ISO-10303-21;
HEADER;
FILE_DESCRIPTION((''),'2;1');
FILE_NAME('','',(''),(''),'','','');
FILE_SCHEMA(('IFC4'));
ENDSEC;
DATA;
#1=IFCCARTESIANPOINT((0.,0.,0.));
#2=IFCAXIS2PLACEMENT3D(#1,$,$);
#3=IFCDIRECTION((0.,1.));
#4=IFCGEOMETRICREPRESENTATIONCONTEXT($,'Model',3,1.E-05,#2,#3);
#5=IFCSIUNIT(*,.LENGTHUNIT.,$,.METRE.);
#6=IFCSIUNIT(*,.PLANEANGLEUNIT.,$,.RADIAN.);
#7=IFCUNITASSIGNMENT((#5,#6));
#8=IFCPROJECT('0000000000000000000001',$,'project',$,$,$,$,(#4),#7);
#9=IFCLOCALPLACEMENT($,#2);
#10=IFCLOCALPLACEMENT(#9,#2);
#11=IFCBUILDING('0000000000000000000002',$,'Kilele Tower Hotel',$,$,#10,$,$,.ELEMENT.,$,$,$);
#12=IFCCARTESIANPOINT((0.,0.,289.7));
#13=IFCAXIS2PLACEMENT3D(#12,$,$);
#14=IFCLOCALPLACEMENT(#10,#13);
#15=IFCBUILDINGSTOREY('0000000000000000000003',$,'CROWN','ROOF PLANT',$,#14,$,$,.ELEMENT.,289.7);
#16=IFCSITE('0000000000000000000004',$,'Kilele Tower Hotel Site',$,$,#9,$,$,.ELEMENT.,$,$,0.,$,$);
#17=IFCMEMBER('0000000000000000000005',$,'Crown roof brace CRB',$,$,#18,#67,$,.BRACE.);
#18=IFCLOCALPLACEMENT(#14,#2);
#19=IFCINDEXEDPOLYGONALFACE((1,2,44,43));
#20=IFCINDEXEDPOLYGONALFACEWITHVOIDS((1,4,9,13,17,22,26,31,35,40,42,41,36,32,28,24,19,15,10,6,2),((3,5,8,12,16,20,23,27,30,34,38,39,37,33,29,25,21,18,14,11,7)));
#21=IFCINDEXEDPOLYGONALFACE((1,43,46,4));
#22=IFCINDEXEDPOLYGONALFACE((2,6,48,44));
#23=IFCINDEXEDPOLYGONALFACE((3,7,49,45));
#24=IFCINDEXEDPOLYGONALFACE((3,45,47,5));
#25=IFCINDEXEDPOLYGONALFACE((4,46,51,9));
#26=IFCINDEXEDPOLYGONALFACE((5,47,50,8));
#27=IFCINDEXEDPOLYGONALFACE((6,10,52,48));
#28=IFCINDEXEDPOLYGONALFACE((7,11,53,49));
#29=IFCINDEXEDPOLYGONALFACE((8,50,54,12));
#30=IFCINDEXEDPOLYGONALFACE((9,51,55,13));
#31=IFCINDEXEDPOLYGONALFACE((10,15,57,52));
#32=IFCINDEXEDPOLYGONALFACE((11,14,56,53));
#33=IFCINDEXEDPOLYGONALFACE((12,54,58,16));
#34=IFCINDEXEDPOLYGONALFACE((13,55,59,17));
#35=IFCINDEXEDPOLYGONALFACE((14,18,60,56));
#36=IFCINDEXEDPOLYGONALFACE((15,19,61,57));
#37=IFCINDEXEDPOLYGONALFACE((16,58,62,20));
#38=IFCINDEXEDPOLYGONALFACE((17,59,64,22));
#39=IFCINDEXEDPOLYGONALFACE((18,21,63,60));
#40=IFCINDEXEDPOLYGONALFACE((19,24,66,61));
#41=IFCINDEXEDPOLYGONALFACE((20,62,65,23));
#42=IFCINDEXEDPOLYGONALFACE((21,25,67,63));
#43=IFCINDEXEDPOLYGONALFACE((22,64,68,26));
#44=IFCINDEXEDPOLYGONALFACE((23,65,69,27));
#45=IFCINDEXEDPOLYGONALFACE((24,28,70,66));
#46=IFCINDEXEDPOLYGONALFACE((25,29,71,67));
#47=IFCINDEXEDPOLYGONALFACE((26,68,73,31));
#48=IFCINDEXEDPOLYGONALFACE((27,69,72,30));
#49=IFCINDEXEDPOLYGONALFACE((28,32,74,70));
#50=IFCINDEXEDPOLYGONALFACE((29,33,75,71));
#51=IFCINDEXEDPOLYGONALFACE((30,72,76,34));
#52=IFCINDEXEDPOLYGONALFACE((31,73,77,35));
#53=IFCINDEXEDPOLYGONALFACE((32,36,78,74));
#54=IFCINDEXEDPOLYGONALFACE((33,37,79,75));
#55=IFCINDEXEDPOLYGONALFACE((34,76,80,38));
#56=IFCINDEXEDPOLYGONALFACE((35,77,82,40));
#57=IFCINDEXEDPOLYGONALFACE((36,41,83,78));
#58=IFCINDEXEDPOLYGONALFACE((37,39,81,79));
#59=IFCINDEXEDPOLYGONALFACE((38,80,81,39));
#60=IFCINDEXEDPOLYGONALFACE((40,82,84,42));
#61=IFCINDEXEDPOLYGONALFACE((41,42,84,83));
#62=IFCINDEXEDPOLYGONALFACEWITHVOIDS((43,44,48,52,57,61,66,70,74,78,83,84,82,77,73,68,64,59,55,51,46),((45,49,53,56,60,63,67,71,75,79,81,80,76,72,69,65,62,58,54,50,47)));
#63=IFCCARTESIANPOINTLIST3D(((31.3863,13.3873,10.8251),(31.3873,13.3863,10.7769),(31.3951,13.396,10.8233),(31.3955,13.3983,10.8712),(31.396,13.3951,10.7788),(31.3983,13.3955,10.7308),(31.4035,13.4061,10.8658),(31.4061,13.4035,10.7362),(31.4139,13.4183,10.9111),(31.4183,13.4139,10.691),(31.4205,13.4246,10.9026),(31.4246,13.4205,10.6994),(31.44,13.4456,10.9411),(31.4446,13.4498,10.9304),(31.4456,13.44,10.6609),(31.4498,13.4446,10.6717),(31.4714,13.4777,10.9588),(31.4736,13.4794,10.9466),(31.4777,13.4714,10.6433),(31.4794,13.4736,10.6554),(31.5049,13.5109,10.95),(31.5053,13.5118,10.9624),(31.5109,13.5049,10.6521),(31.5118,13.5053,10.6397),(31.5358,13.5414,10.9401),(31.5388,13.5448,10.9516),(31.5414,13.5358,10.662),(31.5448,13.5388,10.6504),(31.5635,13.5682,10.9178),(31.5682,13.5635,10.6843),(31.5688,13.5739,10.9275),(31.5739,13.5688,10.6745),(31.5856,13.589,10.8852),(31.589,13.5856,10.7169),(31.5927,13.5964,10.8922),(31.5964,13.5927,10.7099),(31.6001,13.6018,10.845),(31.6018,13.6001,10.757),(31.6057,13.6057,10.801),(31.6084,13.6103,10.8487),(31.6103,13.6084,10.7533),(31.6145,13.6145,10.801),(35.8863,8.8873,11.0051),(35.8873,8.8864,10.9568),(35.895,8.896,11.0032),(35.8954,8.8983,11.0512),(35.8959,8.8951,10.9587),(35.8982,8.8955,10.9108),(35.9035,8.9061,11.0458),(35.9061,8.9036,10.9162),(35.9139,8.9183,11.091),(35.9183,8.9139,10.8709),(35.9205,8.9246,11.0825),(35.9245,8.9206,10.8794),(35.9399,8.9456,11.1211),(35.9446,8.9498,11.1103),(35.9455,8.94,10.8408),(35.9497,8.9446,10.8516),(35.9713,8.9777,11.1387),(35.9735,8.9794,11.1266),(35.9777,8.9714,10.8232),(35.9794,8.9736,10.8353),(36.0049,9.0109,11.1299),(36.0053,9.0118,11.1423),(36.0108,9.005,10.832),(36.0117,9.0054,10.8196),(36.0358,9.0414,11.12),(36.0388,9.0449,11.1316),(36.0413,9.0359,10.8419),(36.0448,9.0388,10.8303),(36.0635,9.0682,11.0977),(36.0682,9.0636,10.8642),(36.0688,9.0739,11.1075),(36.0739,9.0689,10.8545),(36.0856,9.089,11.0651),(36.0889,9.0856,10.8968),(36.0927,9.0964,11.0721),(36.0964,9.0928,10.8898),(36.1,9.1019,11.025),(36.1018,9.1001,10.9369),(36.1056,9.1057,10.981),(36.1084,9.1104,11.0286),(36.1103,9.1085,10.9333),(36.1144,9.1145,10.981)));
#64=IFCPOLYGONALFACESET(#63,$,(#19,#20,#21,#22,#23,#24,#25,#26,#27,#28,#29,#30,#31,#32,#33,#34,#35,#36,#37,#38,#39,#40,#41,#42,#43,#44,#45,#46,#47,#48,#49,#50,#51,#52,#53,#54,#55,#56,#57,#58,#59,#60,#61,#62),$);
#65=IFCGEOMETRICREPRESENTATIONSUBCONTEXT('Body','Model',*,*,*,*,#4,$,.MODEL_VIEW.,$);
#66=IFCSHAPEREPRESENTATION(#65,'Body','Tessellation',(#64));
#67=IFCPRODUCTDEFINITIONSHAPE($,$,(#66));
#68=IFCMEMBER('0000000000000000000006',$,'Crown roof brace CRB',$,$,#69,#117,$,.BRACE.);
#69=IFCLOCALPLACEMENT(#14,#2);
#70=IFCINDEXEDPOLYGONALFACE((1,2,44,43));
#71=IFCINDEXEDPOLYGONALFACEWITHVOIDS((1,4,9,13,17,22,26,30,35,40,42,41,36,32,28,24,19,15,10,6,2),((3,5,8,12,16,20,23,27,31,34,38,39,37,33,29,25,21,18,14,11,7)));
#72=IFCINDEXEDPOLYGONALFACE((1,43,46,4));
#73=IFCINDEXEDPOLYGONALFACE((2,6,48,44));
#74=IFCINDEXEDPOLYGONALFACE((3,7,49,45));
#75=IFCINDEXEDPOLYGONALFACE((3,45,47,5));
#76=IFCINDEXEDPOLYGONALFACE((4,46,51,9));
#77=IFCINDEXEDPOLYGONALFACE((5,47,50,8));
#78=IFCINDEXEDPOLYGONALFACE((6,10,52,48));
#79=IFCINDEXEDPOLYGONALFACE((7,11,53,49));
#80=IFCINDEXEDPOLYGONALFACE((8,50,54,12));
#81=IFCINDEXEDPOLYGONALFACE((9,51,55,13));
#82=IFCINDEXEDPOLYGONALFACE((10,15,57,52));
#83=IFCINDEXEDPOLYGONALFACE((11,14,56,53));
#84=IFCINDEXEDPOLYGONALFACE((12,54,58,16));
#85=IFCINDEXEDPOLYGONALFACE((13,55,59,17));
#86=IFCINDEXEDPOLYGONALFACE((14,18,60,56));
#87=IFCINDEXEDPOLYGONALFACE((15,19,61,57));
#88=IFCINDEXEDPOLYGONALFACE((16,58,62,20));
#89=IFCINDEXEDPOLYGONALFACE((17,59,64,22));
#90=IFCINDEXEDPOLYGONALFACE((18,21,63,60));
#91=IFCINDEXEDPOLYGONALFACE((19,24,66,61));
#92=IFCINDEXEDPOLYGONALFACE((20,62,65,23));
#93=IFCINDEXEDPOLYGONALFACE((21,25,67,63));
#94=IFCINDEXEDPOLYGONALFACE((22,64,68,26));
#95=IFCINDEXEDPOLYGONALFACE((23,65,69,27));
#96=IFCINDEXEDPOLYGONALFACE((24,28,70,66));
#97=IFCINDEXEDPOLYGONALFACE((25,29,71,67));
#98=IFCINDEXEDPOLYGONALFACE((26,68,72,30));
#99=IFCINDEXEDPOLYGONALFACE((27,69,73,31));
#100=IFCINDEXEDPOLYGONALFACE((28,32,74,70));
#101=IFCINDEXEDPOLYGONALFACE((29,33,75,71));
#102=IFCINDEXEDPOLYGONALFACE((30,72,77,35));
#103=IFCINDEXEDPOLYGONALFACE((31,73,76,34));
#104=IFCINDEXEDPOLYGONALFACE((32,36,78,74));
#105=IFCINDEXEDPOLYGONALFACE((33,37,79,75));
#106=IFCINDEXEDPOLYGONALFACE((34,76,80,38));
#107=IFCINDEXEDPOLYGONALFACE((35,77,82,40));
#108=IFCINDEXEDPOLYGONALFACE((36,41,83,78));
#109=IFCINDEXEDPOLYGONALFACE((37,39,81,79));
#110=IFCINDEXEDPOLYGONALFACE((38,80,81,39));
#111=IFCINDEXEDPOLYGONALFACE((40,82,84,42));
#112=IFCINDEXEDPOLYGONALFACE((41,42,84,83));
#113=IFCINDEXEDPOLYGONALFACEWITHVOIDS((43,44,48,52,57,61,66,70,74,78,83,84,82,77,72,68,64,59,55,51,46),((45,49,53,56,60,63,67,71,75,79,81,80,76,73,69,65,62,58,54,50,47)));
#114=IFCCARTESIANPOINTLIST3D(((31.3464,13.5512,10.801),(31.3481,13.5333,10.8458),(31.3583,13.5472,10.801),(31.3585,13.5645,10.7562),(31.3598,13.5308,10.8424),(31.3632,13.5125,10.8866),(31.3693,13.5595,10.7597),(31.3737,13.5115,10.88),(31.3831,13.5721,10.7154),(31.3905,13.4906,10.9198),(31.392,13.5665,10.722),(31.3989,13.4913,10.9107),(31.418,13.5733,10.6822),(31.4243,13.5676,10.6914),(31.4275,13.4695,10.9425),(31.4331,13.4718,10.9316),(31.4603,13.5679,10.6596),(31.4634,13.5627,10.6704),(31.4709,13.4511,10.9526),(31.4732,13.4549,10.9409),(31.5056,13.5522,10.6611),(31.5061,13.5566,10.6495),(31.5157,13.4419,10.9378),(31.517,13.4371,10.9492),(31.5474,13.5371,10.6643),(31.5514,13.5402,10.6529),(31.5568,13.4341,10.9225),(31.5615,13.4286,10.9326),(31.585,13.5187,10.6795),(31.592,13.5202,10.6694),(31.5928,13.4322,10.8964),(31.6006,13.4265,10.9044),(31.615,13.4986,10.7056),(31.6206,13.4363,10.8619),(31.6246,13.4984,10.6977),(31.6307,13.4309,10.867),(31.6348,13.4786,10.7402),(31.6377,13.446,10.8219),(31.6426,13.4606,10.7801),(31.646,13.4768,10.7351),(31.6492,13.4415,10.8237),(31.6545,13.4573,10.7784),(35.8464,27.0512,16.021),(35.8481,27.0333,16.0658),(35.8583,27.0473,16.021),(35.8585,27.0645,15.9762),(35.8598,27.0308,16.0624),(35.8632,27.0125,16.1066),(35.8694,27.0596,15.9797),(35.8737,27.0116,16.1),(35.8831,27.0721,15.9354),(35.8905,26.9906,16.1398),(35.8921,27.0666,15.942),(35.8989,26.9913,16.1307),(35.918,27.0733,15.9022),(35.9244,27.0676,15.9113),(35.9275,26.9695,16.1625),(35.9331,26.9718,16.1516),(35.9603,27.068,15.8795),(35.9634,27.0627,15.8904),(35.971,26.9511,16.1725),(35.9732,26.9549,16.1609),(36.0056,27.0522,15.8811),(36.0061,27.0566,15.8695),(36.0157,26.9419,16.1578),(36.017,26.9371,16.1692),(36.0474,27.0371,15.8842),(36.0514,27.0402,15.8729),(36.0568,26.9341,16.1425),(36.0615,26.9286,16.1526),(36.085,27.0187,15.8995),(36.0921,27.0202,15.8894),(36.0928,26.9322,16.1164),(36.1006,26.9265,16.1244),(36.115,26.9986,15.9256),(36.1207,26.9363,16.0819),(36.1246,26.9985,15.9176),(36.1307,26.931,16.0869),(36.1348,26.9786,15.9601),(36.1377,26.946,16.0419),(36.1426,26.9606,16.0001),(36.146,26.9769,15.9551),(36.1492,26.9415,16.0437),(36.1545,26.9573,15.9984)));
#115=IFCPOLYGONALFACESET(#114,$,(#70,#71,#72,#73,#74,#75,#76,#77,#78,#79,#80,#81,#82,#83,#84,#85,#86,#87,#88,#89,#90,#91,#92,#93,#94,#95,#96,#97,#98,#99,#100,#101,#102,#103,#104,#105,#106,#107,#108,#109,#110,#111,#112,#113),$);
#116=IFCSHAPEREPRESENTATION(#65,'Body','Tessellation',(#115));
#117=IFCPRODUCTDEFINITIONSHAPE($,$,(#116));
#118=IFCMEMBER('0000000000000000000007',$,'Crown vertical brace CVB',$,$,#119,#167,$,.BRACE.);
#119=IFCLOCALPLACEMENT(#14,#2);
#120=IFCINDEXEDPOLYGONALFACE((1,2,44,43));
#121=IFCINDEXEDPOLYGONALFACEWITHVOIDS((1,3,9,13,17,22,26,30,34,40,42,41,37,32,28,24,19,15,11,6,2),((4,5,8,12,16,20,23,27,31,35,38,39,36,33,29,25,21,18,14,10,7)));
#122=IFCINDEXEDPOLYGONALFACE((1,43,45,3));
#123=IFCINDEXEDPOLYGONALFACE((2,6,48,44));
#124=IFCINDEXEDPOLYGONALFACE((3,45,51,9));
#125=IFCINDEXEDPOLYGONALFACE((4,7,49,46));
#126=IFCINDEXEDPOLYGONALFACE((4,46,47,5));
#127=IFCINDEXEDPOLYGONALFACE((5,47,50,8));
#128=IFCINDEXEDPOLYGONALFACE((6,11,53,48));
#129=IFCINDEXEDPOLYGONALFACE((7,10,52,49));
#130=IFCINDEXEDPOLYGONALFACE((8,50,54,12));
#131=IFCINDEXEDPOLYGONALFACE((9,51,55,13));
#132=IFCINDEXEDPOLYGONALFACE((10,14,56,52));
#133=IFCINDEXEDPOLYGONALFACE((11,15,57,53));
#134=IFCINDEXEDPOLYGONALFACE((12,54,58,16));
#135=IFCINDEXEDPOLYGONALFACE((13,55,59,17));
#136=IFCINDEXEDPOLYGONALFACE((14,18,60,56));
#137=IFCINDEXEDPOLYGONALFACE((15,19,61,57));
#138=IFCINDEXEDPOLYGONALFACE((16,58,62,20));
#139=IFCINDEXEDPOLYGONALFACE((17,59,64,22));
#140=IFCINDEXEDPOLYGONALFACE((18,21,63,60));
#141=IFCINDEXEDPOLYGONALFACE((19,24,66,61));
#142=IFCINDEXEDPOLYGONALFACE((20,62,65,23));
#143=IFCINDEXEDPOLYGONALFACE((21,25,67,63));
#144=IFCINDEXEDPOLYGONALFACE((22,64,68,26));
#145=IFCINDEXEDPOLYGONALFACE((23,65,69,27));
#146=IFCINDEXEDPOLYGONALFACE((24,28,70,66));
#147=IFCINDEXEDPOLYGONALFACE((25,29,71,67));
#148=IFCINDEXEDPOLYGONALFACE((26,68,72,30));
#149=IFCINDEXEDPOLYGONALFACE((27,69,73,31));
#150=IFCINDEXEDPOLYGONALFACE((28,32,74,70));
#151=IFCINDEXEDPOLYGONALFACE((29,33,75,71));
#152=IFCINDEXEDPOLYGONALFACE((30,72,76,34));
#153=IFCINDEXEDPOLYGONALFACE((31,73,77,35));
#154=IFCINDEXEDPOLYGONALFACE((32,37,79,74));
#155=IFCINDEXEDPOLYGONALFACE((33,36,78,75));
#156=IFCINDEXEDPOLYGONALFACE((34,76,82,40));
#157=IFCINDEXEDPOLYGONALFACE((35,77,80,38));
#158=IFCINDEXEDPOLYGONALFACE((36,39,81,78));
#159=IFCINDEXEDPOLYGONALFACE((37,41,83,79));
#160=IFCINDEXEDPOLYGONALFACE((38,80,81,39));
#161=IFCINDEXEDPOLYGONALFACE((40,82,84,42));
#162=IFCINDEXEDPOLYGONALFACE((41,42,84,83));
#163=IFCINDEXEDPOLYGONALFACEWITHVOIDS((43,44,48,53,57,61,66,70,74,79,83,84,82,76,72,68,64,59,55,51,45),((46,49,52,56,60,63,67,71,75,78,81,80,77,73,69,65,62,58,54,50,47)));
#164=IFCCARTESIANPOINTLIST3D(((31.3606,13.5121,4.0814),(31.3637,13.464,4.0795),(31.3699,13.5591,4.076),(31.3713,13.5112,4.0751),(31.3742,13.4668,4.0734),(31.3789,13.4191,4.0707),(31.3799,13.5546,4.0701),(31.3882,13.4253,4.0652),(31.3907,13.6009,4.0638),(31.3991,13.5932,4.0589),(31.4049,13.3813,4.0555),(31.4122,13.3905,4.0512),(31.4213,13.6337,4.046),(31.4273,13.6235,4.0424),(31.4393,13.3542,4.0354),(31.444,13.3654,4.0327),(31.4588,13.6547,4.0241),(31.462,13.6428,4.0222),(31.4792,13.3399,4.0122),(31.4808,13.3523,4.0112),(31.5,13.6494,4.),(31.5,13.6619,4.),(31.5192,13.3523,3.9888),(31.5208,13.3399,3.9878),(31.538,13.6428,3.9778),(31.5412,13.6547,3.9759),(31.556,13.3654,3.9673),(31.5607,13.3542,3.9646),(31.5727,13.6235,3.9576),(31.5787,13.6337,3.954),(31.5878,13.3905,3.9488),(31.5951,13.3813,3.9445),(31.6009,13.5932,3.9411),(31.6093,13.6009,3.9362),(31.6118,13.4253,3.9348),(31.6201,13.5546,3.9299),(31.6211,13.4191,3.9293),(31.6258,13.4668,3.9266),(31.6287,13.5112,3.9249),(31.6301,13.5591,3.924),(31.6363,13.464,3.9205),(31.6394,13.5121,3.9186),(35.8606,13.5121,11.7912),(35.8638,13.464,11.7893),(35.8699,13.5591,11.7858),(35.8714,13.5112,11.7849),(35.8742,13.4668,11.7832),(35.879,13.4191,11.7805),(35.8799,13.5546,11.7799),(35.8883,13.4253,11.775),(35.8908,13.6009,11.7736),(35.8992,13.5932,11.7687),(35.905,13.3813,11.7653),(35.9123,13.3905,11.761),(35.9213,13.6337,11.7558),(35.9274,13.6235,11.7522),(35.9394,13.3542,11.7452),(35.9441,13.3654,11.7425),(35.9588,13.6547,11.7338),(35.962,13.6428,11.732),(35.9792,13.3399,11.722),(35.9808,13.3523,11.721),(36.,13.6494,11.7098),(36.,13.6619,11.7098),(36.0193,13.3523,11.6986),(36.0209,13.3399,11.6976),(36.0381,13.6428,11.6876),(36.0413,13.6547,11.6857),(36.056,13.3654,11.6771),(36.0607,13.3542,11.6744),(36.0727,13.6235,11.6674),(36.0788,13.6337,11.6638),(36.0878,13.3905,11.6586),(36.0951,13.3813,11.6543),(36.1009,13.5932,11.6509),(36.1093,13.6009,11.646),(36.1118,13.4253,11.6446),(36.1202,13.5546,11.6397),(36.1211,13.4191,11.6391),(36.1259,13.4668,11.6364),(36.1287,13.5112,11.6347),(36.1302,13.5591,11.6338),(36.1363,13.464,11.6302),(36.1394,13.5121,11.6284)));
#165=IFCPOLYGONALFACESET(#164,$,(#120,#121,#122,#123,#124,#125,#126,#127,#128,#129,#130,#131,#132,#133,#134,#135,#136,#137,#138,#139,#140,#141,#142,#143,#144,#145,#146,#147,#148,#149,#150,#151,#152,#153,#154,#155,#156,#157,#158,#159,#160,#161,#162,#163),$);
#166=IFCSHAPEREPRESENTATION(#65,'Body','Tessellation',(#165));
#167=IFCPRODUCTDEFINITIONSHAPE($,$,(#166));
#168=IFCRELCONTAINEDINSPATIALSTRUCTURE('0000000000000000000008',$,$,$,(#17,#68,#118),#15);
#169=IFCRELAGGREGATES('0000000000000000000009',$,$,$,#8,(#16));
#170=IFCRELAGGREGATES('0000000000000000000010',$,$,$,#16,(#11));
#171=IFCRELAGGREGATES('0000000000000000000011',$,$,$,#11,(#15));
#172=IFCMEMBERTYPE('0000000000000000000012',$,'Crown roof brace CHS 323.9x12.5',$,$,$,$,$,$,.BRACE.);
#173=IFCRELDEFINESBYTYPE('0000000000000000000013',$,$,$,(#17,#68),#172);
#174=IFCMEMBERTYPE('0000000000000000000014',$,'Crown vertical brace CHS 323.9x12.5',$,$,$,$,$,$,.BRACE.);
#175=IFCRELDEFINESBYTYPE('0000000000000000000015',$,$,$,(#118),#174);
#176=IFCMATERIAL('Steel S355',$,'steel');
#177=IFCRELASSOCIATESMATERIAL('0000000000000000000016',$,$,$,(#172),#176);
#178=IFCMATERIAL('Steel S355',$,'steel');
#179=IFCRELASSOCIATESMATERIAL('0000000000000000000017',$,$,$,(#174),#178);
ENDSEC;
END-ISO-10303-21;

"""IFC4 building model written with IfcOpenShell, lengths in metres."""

from ifc_helpers import new_model, si_unit, direction, frame, origin, origin_2d, place, context, subcontext, project, spatial, hollow_circle, extrude, material, material_profile, profile_set, type_object, element, save


model = new_model("IFC4")

# Units and contexts
model_context = context("Model", 3, precision=1e-05, world=origin(), true_north=direction((0.0, 1.0)))
body_context = subcontext(model_context, "Body", "Model", "MODEL_VIEW")
ifc_project = project(units=[si_unit("LENGTHUNIT", "METRE"), si_unit("PLANEANGLEUNIT", "RADIAN")], contexts=[model_context])

# Site, building, storey
site_placement = place(None, origin())
site = spatial("IfcSite", under=ifc_project, at=site_placement, Name="Kilele Tower Hotel Site", CompositionType="ELEMENT", RefElevation=0.0)
building_placement = place(site_placement, origin())
building = spatial("IfcBuilding", under=site, at=building_placement, Name="Kilele Tower Hotel", CompositionType="ELEMENT")
storey_placement = place(building_placement, frame((0.0, 0.0, 289.7)))
storey = spatial("IfcBuildingStorey", under=building, at=storey_placement, Name="CROWN", Description="ROOF PLANT", CompositionType="ELEMENT", Elevation=289.7)

# Members
ifc_material_1 = material(Name="Steel S355", Category="steel")
ifc_material_profile_1 = material_profile(ifc_material_1, hollow_circle(Radius=0.1619, WallThickness=0.0125, at=origin_2d()))
ifc_profile_set_1 = profile_set([ifc_material_profile_1], Name="Steel S355")
member_type_1 = type_object("IfcMemberType", Name="Crown roof brace CHS 323.9x12.5", PredefinedType="BRACE", material=ifc_profile_set_1)
member_1_placement = place(storey_placement, frame((31.5, 13.5, 10.801), z_axis=(0.706824, -0.706824, 0.028262), x_axis=(0.707107, 0.707107, 0.0)))
element("IfcMember", 1, at=member_1_placement, inside=storey, type_object=member_type_1, Name="Crown roof brace CRB", PredefinedType="BRACE", context=body_context, shape_type="SweptSolid", body=[
    extrude(hollow_circle(Radius=0.1619, WallThickness=0.0125, at=origin_2d()), origin(), (0.0, 0.0, 1.0), 6.3665),
])
member_2_placement = place(storey_placement, frame((31.5, 13.5, 10.801), z_axis=(0.296884, 0.890652, 0.344383), x_axis=(-0.948683, 0.316228, 0.0)))
element("IfcMember", 2, at=member_2_placement, inside=storey, type_object=member_type_1, Name="Crown roof brace CRB", PredefinedType="BRACE", context=body_context, shape_type="SweptSolid", body=[
    extrude(hollow_circle(Radius=0.1619, WallThickness=0.0125, at=origin_2d()), origin(), (0.0, 0.0, 1.0), 15.1575),
])
ifc_material_2 = material(Name="Steel S355", Category="steel")
ifc_material_profile_2 = material_profile(ifc_material_2, hollow_circle(Radius=0.1619, WallThickness=0.0125, at=origin_2d()))
ifc_profile_set_2 = profile_set([ifc_material_profile_2], Name="Steel S355")
member_type_2 = type_object("IfcMemberType", Name="Crown vertical brace CHS 323.9x12.5", PredefinedType="BRACE", material=ifc_profile_set_2)
member_3_placement = place(storey_placement, frame((31.5, 13.5, 4.0), z_axis=(0.504094, 0.0, 0.863649), x_axis=(0.0, 1.0, 0.0)))
element("IfcMember", 3, at=member_3_placement, inside=storey, type_object=member_type_2, Name="Crown vertical brace CVB", PredefinedType="BRACE", context=body_context, shape_type="SweptSolid", body=[
    extrude(hollow_circle(Radius=0.1619, WallThickness=0.0125, at=origin_2d()), origin(), (0.0, 0.0, 1.0), 8.927),
])

save(model, "model.ifc")
